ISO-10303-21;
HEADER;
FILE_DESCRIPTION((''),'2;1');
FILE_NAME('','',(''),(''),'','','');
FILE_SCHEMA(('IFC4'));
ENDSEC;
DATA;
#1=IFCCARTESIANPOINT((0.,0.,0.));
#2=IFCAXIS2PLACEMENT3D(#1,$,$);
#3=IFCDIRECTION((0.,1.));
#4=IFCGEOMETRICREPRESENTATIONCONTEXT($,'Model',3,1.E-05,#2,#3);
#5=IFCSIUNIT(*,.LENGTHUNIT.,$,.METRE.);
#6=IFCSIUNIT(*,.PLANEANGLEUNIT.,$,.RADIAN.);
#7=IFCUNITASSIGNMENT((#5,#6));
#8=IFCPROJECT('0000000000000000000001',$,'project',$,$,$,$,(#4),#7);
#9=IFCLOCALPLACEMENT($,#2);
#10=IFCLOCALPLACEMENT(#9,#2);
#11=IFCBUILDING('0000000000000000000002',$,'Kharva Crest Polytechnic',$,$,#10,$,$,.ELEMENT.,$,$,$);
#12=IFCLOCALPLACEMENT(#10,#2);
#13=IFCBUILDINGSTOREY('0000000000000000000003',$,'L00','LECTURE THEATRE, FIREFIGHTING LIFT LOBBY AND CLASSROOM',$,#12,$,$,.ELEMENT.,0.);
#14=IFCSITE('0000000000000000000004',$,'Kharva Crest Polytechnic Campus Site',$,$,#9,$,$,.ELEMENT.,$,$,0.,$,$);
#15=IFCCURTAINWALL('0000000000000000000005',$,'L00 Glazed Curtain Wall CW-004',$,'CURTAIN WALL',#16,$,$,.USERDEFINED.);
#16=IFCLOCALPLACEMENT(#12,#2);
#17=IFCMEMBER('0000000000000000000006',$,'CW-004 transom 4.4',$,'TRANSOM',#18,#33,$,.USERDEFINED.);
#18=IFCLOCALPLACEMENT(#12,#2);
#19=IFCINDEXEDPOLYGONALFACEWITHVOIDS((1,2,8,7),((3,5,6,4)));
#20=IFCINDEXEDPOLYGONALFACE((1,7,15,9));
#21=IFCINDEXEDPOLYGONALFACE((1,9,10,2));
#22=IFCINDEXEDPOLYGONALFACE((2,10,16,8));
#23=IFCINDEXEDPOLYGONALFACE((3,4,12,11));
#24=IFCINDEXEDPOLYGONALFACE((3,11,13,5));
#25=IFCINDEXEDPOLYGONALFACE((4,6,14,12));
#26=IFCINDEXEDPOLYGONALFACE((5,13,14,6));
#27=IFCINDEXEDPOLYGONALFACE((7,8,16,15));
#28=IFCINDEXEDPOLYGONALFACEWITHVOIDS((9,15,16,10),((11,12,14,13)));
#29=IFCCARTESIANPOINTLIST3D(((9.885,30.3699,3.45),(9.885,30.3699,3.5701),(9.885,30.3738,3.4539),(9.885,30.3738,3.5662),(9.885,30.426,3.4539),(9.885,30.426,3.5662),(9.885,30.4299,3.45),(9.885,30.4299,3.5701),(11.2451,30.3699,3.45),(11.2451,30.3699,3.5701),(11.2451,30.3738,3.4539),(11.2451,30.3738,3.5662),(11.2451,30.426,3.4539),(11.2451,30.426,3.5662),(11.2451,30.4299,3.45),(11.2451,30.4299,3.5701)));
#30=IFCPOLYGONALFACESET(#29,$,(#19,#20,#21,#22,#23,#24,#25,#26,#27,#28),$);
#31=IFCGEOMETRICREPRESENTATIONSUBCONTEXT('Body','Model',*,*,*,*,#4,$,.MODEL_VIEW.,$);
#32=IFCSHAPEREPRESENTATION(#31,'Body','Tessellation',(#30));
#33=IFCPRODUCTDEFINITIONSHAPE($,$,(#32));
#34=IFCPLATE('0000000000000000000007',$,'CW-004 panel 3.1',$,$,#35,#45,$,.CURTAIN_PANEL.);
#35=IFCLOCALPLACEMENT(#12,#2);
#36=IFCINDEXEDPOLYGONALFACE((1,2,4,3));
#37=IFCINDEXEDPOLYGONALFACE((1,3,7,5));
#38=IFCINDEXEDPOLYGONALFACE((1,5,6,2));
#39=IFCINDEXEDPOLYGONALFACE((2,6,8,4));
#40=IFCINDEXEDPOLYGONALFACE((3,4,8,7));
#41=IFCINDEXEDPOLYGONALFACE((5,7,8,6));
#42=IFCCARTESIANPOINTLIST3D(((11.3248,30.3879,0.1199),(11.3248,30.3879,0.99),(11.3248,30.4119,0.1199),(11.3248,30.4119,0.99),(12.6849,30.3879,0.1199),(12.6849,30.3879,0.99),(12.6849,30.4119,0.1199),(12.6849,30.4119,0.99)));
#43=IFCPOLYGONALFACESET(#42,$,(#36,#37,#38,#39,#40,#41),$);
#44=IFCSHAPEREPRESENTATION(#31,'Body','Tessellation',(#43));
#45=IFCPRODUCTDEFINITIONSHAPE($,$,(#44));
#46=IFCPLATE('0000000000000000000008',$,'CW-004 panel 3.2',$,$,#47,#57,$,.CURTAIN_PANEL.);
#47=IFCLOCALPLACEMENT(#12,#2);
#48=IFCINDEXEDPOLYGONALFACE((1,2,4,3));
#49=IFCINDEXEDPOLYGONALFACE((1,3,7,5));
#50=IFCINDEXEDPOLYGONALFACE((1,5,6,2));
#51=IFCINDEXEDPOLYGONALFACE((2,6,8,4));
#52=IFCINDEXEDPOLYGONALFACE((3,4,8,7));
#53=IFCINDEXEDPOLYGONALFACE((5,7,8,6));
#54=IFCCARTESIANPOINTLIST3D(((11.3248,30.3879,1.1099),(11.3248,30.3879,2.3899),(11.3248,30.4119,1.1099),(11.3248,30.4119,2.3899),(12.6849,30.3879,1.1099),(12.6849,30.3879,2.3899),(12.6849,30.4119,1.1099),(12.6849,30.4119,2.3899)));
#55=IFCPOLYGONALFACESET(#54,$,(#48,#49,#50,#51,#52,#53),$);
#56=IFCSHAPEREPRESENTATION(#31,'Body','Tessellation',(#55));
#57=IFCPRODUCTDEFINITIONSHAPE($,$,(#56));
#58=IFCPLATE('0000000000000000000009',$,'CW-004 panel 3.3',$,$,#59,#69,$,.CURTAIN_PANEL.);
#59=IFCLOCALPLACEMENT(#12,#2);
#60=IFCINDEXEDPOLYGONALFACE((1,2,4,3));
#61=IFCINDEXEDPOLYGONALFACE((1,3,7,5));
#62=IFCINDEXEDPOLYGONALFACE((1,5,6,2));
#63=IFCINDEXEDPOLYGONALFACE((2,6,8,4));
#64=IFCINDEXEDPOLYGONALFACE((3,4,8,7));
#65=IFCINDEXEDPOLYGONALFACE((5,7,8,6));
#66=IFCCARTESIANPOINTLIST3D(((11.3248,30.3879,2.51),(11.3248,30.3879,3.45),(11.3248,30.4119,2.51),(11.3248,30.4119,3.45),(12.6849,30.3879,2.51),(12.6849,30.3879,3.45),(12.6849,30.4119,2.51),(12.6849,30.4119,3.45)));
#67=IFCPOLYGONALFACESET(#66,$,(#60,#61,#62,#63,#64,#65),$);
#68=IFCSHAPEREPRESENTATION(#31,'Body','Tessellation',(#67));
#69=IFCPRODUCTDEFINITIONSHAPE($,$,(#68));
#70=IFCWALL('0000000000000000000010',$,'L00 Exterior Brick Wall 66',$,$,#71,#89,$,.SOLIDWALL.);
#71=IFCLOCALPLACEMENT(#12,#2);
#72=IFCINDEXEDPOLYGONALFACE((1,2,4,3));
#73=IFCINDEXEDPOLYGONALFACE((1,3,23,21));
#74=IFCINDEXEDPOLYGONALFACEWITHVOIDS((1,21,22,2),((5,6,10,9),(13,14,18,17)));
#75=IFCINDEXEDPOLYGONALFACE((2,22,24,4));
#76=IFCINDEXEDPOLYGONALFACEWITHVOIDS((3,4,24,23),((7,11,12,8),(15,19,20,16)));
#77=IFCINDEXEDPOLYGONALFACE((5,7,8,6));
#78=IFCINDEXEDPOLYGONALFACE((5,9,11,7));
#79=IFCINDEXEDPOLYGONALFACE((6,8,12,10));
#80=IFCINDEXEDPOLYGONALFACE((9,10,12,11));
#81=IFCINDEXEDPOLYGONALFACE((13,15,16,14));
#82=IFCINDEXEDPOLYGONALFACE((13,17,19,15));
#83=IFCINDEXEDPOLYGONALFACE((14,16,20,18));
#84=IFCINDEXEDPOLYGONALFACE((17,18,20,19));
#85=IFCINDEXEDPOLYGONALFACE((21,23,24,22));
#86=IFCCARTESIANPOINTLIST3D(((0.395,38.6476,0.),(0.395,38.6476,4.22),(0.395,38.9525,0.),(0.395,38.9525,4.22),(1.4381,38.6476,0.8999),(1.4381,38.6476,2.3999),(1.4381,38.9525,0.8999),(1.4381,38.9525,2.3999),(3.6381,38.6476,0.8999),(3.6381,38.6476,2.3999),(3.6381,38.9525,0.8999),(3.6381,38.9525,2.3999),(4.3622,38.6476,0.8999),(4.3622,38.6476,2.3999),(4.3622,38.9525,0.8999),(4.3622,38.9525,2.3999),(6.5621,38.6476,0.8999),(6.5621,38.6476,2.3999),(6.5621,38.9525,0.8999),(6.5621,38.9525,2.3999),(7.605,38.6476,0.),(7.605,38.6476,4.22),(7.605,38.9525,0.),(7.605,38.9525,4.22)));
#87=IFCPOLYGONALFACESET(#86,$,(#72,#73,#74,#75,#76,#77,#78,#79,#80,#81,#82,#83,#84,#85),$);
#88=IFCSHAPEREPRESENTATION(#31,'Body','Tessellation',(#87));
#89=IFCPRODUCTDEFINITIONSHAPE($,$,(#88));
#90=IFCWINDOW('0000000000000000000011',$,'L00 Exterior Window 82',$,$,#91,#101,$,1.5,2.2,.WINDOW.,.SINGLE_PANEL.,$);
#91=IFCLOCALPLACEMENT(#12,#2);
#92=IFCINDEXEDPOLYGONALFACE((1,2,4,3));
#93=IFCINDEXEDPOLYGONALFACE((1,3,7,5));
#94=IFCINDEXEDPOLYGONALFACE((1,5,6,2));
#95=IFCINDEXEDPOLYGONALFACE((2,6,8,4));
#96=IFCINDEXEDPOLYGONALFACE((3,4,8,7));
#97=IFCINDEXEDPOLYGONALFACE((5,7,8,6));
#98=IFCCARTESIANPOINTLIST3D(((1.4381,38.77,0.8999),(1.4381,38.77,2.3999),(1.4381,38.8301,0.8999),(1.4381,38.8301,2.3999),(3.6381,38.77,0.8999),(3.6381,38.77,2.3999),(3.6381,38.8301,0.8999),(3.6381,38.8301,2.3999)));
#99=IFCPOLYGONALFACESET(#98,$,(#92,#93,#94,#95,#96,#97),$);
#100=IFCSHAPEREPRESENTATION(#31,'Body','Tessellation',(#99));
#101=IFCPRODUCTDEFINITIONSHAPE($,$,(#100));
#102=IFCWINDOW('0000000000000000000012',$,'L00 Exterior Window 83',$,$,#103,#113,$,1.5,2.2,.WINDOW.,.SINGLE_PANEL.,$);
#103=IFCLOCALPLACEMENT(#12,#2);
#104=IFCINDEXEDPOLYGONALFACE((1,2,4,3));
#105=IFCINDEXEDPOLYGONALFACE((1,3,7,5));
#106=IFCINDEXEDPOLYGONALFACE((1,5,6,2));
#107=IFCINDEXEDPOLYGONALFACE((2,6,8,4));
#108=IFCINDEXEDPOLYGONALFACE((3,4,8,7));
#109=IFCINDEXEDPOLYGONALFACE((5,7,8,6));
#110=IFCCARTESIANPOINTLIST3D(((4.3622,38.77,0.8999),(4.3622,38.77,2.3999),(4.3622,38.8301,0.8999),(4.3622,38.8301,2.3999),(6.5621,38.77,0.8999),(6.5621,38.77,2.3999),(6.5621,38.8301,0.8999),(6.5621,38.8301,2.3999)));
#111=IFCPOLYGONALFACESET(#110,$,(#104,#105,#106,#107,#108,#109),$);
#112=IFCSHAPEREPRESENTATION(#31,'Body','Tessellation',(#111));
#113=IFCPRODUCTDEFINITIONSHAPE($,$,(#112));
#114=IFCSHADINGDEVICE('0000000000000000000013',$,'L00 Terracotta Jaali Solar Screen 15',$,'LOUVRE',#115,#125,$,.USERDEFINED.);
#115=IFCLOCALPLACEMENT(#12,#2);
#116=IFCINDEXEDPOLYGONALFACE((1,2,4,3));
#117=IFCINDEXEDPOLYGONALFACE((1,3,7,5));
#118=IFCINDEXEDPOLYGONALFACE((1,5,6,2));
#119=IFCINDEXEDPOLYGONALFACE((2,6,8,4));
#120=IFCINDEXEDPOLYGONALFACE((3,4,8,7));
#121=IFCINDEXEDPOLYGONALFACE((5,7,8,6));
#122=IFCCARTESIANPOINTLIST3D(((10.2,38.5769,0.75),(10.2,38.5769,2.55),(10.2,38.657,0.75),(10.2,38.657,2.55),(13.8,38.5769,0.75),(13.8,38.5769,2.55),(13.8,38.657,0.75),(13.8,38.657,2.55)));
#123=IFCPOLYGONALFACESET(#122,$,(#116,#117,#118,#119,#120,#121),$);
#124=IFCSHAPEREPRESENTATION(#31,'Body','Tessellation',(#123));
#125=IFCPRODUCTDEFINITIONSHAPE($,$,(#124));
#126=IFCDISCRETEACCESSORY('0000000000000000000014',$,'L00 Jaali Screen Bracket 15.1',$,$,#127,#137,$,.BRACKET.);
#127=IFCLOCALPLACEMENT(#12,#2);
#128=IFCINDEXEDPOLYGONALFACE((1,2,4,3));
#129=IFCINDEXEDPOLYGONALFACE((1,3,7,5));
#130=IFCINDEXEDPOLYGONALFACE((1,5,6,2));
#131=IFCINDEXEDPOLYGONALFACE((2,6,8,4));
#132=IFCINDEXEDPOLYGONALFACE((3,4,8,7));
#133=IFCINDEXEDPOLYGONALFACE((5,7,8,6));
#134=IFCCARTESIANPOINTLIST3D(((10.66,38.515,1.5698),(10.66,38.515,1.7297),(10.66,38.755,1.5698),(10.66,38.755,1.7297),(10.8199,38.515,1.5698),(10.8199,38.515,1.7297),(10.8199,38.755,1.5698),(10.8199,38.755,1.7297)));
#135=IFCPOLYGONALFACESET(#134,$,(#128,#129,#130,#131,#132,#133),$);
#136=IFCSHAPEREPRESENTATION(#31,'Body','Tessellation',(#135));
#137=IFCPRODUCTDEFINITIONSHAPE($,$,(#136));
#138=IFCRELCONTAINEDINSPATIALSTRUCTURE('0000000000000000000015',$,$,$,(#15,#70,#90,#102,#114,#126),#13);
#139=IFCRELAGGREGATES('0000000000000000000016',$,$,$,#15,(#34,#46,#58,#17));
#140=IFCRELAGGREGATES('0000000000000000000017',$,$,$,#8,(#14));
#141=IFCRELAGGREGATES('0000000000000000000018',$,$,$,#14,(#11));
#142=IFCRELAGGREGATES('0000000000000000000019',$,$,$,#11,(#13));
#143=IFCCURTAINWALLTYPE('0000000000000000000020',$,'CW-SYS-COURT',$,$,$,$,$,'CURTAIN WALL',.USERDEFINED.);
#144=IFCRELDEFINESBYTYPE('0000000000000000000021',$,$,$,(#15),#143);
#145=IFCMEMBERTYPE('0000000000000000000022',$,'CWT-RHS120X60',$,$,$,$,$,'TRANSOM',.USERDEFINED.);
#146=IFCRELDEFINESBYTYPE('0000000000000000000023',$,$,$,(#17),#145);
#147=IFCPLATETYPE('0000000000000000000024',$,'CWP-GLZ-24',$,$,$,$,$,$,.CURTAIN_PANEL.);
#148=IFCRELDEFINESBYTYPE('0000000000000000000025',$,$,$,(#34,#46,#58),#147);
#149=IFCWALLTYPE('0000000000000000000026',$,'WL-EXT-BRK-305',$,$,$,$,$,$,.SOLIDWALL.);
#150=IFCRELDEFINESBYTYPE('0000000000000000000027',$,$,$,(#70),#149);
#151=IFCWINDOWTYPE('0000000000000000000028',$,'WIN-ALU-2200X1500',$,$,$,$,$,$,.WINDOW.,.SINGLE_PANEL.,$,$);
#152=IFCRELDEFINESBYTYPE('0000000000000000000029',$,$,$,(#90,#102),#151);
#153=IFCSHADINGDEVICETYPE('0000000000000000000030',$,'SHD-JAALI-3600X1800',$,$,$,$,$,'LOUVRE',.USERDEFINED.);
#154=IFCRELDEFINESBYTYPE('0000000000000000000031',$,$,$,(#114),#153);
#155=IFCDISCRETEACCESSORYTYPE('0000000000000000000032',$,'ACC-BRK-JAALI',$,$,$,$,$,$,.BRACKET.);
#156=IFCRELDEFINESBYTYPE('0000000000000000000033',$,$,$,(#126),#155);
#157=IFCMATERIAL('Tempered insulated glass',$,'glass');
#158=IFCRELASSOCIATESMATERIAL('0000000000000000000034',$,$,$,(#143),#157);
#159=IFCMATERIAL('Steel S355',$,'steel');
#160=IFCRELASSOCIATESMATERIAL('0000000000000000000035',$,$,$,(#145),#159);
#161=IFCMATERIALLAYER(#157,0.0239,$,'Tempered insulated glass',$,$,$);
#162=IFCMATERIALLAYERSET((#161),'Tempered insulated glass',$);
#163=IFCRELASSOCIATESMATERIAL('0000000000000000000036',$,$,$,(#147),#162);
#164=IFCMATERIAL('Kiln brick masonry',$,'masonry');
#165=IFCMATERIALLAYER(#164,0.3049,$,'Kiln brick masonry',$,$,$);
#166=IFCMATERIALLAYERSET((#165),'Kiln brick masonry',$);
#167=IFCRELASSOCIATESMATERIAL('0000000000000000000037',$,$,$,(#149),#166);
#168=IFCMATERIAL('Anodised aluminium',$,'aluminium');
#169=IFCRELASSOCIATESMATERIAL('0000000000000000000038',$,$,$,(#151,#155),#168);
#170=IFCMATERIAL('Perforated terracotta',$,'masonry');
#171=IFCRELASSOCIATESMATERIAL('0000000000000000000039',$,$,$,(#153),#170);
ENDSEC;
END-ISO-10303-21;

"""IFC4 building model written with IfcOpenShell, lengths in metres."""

from ifc_helpers import new_model, si_unit, direction, frame, frame_2d, origin, origin_2d, place, context, subcontext, project, spatial, rectangle, hollow_rectangle, extrude, material, layer, layer_set, material_profile, profile_set, type_object, element, fill, aggregate, save


model = new_model("IFC4")

# Units and contexts
model_context = context("Model", 3, precision=1e-05, world=origin(), true_north=direction((0.0, 1.0)))
body_context = subcontext(model_context, "Body", "Model", "MODEL_VIEW")
ifc_project = project(units=[si_unit("LENGTHUNIT", "METRE"), si_unit("PLANEANGLEUNIT", "RADIAN")], contexts=[model_context])

# Site, building, storey
site_placement = place(None, origin())
site = spatial("IfcSite", under=ifc_project, at=site_placement, Name="Kharva Crest Polytechnic Campus Site", CompositionType="ELEMENT", RefElevation=0.0)
building_placement = place(site_placement, origin())
building = spatial("IfcBuilding", under=site, at=building_placement, Name="Kharva Crest Polytechnic", CompositionType="ELEMENT")
storey_placement = place(building_placement, origin())
storey = spatial("IfcBuildingStorey", under=building, at=storey_placement, Name="L00", Description="LECTURE THEATRE, FIREFIGHTING LIFT LOBBY AND CLASSROOM", CompositionType="ELEMENT", Elevation=0.0)

# Curtain wall, member, plates
ifc_material_1 = material(Name="Tempered insulated glass", Category="glass")
curtain_wall_type = type_object("IfcCurtainWallType", Name="CW-SYS-COURT", ElementType="CURTAIN WALL", PredefinedType="USERDEFINED", material=ifc_material_1)
curtain_wall_placement = place(storey_placement, origin())
curtain_wall = element("IfcCurtainWall", 1, at=curtain_wall_placement, inside=storey, type_object=curtain_wall_type, Name="L00 Glazed Curtain Wall CW-004", ObjectType="CURTAIN WALL", PredefinedType="USERDEFINED")
ifc_material_2 = material(Name="Steel S355", Category="steel")
ifc_material_profile_1 = material_profile(ifc_material_2, hollow_rectangle(XDim=0.0601, YDim=0.1201, WallThickness=0.0039, at=origin_2d()), Name="RHS 120X60X4.0")
ifc_profile_set_1 = profile_set([ifc_material_profile_1], Name="Steel S355")
member_type_1 = type_object("IfcMemberType", Name="CWT-RHS120X60", ElementType="TRANSOM", PredefinedType="USERDEFINED", material=ifc_profile_set_1)
member_1_placement = place(storey_placement, frame((11.2451, 30.3999, 3.51), z_axis=(-1.0, 0.0, 0.0), x_axis=(0.0, -1.0, 0.0)))
member_1 = element("IfcMember", 2, at=member_1_placement, type_object=member_type_1, Name="CW-004 transom 4.4", ObjectType="TRANSOM", PredefinedType="USERDEFINED", context=body_context, shape_type="SweptSolid", body=[
    extrude(hollow_rectangle(XDim=0.0601, YDim=0.1201, WallThickness=0.0039, at=origin_2d()), origin(), (0.0, 0.0, 1.0), 1.3601),
])
ifc_layer_1 = layer(ifc_material_1, 0.0239, Name="Tempered insulated glass")
ifc_layer_set_1 = layer_set([ifc_layer_1], Name="Tempered insulated glass")
plate_type = type_object("IfcPlateType", Name="CWP-GLZ-24", PredefinedType="CURTAIN_PANEL", material=ifc_layer_set_1)
plate_1_placement = place(storey_placement, frame((12.0049, 30.3999, 0.1199), z_axis=(0.0, 0.0, 1.0), x_axis=(-1.0, 0.0, 0.0)))
plate_1 = element("IfcPlate", 3, at=plate_1_placement, type_object=plate_type, Name="CW-004 panel 3.1", PredefinedType="CURTAIN_PANEL", context=body_context, shape_type="SweptSolid", body=[
    extrude(rectangle(XDim=1.3601, YDim=0.0239, at=origin_2d()), origin(), (0.0, 0.0, 1.0), 0.8701),
])
plate_2_placement = place(storey_placement, frame((12.0049, 30.3999, 1.1099), z_axis=(0.0, 0.0, 1.0), x_axis=(-1.0, 0.0, 0.0)))
plate_2 = element("IfcPlate", 4, at=plate_2_placement, type_object=plate_type, Name="CW-004 panel 3.2", PredefinedType="CURTAIN_PANEL", context=body_context, shape_type="SweptSolid", body=[
    extrude(rectangle(XDim=1.3601, YDim=0.0239, at=origin_2d()), origin(), (0.0, 0.0, 1.0), 1.28),
])
plate_3_placement = place(storey_placement, frame((12.0049, 30.3999, 2.51), z_axis=(0.0, 0.0, 1.0), x_axis=(-1.0, 0.0, 0.0)))
plate_3 = element("IfcPlate", 5, at=plate_3_placement, type_object=plate_type, Name="CW-004 panel 3.3", PredefinedType="CURTAIN_PANEL", context=body_context, shape_type="SweptSolid", body=[
    extrude(rectangle(XDim=1.3601, YDim=0.0239, at=origin_2d()), origin(), (0.0, 0.0, 1.0), 0.9399),
])
aggregate(curtain_wall, [plate_1, plate_2, plate_3, member_1])

# Wall, openings, windows
ifc_material_3 = material(Name="Kiln brick masonry", Category="masonry")
ifc_layer_2 = layer(ifc_material_3, 0.3049, Name="Kiln brick masonry")
ifc_layer_set_2 = layer_set([ifc_layer_2], Name="Kiln brick masonry")
wall_type = type_object("IfcWallType", Name="WL-EXT-BRK-305", PredefinedType="SOLIDWALL", material=ifc_layer_set_2)
wall_placement = place(storey_placement, frame((0.395, 38.8, 0.0), z_axis=(0.0, 0.0, 1.0), x_axis=(1.0, 0.0, 0.0)))
wall = element("IfcWall", 6, at=wall_placement, inside=storey, type_object=wall_type, Name="L00 Exterior Brick Wall 66", PredefinedType="SOLIDWALL", context=body_context, shape_type="SweptSolid", body=[
    extrude(rectangle(XDim=7.21, YDim=0.3049, at=frame_2d((3.605, 0.0))), origin(), (0.0, 0.0, 1.0), 4.22),
])
opening_1_placement = place(wall_placement, frame((1.043, 0.0, 0.8999)))
opening_1 = element("IfcOpeningElement", 7, at=opening_1_placement, cuts=wall, PredefinedType="OPENING", context=body_context, shape_type="SweptSolid", body=[
    extrude(rectangle(XDim=2.2, YDim=1.5, at=frame_2d((1.1001, 0.75))), frame((0.0, 0.1624, 0.0), z_axis=(0.0, -1.0, 0.0), x_axis=(1.0, 0.0, 0.0)), (0.0, 0.0, 1.0), 0.325),
])
opening_2_placement = place(wall_placement, frame((3.967, 0.0, 0.8999)))
opening_2 = element("IfcOpeningElement", 8, at=opening_2_placement, cuts=wall, PredefinedType="OPENING", context=body_context, shape_type="SweptSolid", body=[
    extrude(rectangle(XDim=2.2, YDim=1.5, at=frame_2d((1.1001, 0.75))), frame((0.0, 0.1624, 0.0), z_axis=(0.0, -1.0, 0.0), x_axis=(1.0, 0.0, 0.0)), (0.0, 0.0, 1.0), 0.325),
])
ifc_material_4 = material(Name="Anodised aluminium", Category="aluminium")
window_type = type_object("IfcWindowType", Name="WIN-ALU-2200X1500", PartitioningType="SINGLE_PANEL", PredefinedType="WINDOW", material=ifc_material_4)
window_1_placement = place(opening_1_placement, origin())
window_1 = element("IfcWindow", 9, at=window_1_placement, inside=storey, type_object=window_type, Name="L00 Exterior Window 82", OverallHeight=1.5, OverallWidth=2.2, PartitioningType="SINGLE_PANEL", PredefinedType="WINDOW", context=body_context, shape_type="SweptSolid", body=[
    extrude(rectangle(XDim=2.2, YDim=1.5, at=frame_2d((1.1001, 0.75))), frame((0.0, 0.03, 0.0), z_axis=(0.0, -1.0, 0.0), x_axis=(1.0, 0.0, 0.0)), (0.0, 0.0, 1.0), 0.0601),
])
fill(opening_1, window_1)
window_2_placement = place(opening_2_placement, origin())
window_2 = element("IfcWindow", 10, at=window_2_placement, inside=storey, type_object=window_type, Name="L00 Exterior Window 83", OverallHeight=1.5, OverallWidth=2.2, PartitioningType="SINGLE_PANEL", PredefinedType="WINDOW", context=body_context, shape_type="SweptSolid", body=[
    extrude(rectangle(XDim=2.2, YDim=1.5, at=frame_2d((1.1001, 0.75))), frame((0.0, 0.03, 0.0), z_axis=(0.0, -1.0, 0.0), x_axis=(1.0, 0.0, 0.0)), (0.0, 0.0, 1.0), 0.0601),
])
fill(opening_2, window_2)

# Shading device
ifc_material_5 = material(Name="Perforated terracotta", Category="masonry")
shading_device_type = type_object("IfcShadingDeviceType", Name="SHD-JAALI-3600X1800", ElementType="LOUVRE", PredefinedType="USERDEFINED", material=ifc_material_5)
shading_device_placement = place(storey_placement, frame((12.0, 38.6169, 0.75), z_axis=(0.0, 0.0, 1.0), x_axis=(1.0, 0.0, 0.0)))
element("IfcShadingDevice", 11, at=shading_device_placement, inside=storey, type_object=shading_device_type, Name="L00 Terracotta Jaali Solar Screen 15", ObjectType="LOUVRE", PredefinedType="USERDEFINED", context=body_context, shape_type="SweptSolid", body=[
    extrude(rectangle(XDim=3.6001, YDim=0.0801, at=origin_2d()), origin(), (0.0, 0.0, 1.0), 1.8),
])

# Discrete accessory
discrete_accessory_type = type_object("IfcDiscreteAccessoryType", Name="ACC-BRK-JAALI", PredefinedType="BRACKET", material=ifc_material_4)
discrete_accessory_placement = place(storey_placement, frame((10.74, 38.635, 1.5698), z_axis=(0.0, 0.0, 1.0), x_axis=(1.0, 0.0, 0.0)))
element("IfcDiscreteAccessory", 12, at=discrete_accessory_placement, inside=storey, type_object=discrete_accessory_type, Name="L00 Jaali Screen Bracket 15.1", PredefinedType="BRACKET", context=body_context, shape_type="SweptSolid", body=[
    extrude(rectangle(XDim=0.1599, YDim=0.24, at=origin_2d()), origin(), (0.0, 0.0, 1.0), 0.1599),
])

save(model, "model.ifc")
